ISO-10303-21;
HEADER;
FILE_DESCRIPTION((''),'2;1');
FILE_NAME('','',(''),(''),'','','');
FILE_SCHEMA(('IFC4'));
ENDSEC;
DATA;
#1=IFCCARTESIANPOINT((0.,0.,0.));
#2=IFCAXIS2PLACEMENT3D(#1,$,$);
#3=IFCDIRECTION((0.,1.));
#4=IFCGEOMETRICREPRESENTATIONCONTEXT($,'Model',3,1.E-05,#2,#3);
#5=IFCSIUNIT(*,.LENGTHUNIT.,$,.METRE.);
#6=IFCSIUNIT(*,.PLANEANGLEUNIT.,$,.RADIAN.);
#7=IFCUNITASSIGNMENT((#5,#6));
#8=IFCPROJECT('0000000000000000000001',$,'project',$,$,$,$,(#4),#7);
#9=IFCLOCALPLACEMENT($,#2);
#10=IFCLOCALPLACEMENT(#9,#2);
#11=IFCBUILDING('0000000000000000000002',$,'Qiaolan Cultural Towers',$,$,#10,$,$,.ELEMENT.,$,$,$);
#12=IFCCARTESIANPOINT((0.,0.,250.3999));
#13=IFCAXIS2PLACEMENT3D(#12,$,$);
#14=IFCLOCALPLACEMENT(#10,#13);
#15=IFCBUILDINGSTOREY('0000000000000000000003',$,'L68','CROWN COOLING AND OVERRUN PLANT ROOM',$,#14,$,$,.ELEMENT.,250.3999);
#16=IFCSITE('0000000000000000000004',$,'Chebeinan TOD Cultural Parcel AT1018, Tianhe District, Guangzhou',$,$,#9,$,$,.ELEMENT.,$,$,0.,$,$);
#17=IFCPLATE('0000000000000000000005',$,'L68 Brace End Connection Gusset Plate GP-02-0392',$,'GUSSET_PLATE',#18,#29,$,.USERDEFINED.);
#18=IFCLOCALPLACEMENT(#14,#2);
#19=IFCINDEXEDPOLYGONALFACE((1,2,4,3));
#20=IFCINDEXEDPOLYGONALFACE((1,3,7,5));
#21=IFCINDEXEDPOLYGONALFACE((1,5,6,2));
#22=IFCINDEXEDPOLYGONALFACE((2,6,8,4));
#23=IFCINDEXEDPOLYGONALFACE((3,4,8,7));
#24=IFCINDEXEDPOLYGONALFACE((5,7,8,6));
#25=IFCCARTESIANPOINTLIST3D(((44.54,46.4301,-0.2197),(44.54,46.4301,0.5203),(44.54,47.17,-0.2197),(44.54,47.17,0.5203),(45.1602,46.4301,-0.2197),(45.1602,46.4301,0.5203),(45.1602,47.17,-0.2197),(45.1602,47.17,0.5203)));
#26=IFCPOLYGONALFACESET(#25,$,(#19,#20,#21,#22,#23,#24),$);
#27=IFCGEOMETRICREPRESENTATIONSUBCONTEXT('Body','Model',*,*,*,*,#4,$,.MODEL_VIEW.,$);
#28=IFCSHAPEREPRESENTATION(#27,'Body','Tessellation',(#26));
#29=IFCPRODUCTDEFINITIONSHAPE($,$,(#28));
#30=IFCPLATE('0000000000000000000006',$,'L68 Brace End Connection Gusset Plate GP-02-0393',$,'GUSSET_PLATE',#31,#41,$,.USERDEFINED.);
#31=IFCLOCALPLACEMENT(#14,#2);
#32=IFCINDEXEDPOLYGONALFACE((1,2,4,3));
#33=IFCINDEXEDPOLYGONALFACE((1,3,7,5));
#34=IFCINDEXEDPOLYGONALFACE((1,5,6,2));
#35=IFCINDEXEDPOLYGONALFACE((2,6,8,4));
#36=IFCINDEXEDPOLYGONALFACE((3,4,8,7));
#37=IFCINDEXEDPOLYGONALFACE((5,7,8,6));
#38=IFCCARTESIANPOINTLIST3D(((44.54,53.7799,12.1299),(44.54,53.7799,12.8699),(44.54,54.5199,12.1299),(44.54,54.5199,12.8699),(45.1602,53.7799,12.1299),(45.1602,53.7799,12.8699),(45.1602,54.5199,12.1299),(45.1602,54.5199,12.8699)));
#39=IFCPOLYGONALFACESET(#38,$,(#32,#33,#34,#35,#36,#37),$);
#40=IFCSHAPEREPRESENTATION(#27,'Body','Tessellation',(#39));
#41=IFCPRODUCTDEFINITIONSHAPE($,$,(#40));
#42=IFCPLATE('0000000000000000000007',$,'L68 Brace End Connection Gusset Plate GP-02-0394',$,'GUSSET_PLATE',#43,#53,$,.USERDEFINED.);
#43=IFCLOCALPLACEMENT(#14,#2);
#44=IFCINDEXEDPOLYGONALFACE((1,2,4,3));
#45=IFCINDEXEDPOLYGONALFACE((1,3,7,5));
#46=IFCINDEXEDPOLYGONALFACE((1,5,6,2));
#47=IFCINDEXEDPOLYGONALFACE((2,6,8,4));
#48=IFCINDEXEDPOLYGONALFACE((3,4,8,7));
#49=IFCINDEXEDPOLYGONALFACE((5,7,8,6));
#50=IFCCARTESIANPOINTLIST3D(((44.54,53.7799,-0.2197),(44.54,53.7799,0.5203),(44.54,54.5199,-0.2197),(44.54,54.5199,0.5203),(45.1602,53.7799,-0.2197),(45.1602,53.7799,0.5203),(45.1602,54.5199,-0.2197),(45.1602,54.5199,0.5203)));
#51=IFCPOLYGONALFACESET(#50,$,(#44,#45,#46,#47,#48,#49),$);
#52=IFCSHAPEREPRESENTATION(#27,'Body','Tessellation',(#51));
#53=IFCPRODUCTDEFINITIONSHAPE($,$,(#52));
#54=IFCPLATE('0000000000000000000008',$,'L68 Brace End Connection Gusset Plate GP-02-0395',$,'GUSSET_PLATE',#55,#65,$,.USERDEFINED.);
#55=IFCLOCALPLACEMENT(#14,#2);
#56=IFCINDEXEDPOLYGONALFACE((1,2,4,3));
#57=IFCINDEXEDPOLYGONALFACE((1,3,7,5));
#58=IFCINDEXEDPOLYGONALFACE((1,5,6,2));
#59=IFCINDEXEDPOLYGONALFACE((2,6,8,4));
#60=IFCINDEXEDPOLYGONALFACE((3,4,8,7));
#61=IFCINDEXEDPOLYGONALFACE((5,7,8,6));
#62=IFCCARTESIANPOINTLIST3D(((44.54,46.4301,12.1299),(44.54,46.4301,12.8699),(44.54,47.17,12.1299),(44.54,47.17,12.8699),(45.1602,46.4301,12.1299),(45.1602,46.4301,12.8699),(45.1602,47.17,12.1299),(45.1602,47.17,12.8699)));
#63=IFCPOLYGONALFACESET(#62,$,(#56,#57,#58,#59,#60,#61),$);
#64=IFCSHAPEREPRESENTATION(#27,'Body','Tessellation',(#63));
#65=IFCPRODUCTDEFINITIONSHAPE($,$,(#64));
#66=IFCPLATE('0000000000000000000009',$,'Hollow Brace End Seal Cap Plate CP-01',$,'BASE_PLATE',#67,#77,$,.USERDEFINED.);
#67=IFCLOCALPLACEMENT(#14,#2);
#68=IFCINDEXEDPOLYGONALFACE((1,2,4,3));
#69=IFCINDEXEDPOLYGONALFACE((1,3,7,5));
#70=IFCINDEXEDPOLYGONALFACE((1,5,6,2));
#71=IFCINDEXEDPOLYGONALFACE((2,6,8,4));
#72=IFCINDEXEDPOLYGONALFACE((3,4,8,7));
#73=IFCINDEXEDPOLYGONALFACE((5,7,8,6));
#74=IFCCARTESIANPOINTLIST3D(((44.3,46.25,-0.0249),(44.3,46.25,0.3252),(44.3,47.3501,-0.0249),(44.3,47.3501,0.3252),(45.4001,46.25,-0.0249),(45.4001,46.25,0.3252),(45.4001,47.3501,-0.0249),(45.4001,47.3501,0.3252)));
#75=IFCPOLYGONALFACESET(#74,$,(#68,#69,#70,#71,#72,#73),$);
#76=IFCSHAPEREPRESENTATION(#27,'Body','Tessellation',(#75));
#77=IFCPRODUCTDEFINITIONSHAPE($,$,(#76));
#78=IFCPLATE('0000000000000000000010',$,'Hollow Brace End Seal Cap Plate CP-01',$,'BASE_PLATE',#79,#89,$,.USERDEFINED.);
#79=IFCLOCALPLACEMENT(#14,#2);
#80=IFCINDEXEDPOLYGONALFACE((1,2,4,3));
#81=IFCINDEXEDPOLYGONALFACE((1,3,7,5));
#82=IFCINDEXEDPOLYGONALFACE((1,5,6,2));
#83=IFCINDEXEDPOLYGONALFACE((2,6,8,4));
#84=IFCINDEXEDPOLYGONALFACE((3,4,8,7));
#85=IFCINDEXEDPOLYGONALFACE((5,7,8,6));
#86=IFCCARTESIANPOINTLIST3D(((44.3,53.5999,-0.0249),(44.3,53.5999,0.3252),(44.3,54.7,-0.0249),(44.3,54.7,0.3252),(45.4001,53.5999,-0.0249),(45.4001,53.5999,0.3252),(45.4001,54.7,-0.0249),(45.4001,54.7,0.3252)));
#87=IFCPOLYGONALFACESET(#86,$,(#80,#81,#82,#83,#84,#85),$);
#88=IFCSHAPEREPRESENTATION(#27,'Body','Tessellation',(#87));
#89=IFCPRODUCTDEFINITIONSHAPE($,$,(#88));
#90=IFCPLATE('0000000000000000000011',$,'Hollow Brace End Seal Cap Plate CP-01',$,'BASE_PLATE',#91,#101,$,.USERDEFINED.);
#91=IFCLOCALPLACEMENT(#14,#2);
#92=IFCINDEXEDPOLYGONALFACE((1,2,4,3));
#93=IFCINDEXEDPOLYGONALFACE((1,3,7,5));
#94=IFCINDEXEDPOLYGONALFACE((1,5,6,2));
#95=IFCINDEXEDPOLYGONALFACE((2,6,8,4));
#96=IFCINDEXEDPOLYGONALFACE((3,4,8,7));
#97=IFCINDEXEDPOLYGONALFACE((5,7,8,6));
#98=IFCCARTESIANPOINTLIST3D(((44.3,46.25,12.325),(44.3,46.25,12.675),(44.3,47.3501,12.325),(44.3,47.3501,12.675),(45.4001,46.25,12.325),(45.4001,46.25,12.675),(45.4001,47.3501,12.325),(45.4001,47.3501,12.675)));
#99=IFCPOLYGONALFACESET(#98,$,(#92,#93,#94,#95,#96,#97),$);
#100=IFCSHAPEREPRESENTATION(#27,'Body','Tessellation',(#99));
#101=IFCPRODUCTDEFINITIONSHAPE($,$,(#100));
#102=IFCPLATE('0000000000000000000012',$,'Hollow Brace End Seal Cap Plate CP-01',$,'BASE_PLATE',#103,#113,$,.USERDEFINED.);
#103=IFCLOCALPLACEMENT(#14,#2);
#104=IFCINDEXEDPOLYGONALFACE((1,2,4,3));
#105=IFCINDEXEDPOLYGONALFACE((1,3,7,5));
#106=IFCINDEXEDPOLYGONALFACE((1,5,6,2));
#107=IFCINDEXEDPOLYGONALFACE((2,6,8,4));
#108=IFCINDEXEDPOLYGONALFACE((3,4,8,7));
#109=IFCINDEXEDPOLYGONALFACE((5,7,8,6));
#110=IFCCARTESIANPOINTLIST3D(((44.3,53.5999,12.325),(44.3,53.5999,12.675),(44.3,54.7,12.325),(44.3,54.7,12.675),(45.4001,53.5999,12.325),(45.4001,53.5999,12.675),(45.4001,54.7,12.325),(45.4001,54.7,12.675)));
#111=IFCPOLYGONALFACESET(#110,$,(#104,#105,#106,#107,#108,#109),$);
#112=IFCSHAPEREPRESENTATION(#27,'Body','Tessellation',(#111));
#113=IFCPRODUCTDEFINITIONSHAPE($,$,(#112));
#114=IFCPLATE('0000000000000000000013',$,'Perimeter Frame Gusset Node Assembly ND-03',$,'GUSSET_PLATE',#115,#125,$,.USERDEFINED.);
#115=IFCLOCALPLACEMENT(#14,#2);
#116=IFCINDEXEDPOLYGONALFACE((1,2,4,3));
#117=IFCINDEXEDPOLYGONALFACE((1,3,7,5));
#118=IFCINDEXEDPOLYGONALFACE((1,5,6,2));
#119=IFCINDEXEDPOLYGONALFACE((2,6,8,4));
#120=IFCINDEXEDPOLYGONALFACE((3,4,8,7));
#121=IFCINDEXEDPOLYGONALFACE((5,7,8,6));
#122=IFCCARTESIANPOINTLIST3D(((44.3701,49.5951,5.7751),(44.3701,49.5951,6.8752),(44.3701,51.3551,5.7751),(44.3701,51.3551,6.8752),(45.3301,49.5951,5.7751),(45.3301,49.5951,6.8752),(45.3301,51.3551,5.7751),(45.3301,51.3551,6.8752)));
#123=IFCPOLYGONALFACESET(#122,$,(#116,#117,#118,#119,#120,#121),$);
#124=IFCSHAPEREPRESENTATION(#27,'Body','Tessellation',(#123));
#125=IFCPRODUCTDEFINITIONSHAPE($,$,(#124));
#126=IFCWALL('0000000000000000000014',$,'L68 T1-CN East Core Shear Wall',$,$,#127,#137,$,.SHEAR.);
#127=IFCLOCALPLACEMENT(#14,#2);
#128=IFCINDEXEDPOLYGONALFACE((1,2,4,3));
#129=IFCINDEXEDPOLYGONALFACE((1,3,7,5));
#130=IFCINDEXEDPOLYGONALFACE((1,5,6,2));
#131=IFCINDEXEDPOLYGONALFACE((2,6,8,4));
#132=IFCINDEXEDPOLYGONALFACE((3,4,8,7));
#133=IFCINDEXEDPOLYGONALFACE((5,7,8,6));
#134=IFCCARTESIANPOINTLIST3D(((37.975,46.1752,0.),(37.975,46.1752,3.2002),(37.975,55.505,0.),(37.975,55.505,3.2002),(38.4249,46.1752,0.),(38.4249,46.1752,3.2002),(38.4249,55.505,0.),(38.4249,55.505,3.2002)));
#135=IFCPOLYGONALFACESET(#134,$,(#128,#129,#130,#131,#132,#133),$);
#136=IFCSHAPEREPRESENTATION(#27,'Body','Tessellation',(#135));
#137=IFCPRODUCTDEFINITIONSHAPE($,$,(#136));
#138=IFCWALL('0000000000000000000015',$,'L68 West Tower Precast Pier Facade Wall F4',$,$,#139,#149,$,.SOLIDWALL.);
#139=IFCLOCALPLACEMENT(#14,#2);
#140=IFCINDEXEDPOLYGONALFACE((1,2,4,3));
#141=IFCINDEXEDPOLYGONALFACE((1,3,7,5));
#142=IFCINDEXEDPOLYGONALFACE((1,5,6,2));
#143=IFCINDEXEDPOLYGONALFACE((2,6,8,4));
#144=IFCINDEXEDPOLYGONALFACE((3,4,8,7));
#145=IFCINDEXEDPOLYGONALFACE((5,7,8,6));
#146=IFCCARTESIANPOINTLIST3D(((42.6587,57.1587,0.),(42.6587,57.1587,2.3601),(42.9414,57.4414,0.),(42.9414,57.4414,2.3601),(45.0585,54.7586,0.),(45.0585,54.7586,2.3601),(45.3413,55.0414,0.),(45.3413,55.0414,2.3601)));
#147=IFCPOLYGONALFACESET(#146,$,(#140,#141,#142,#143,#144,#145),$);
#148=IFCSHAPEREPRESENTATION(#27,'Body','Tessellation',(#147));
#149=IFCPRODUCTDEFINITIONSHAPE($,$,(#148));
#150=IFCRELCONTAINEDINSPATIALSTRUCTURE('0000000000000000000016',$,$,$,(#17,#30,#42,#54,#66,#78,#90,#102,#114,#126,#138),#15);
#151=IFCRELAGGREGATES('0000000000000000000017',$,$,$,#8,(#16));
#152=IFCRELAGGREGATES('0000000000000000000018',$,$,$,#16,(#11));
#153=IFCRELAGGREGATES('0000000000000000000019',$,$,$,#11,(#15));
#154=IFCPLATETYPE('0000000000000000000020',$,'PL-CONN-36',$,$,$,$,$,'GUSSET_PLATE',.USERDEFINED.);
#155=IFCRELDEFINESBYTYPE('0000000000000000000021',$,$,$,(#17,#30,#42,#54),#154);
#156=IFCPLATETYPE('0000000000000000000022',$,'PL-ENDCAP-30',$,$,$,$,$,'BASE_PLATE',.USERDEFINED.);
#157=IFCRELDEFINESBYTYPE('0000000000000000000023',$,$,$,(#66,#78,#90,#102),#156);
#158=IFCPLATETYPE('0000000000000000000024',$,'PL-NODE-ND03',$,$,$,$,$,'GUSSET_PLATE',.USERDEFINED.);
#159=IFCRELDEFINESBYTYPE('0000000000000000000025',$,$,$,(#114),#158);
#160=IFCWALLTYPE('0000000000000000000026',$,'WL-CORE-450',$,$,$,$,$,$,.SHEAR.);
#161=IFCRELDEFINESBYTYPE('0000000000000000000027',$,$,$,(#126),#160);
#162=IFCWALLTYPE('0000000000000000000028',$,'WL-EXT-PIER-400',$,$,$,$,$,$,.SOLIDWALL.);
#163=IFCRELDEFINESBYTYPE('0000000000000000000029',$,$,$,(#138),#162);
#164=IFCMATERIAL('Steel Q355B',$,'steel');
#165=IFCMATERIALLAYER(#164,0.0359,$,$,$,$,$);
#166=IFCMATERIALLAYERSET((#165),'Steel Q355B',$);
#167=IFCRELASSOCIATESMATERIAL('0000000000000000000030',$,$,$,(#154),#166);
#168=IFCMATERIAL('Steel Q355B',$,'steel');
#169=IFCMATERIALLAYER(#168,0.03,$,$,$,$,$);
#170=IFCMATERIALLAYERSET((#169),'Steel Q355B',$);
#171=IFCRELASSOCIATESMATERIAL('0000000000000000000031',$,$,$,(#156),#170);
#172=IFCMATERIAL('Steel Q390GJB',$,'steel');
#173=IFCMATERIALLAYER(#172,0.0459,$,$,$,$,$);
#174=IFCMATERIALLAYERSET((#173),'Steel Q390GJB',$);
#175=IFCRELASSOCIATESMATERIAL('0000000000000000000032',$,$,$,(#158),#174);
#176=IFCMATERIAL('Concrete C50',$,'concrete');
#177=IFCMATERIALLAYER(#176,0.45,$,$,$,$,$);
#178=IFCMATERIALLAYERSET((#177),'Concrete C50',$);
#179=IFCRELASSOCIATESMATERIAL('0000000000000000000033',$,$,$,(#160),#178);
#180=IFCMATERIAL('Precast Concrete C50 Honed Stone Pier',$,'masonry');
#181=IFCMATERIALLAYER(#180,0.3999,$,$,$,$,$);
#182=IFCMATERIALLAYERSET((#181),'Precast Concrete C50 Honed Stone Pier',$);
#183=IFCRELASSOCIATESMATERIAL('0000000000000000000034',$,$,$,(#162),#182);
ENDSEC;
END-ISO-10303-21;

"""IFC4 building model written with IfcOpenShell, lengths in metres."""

from ifc_helpers import new_model, si_unit, direction, frame, frame_2d, origin, origin_2d, place, context, subcontext, project, spatial, rectangle, extrude, material, layer, layer_set, type_object, element, save


model = new_model("IFC4")

# Units and contexts
model_context = context("Model", 3, precision=1e-05, world=origin(), true_north=direction((0.0, 1.0)))
body_context = subcontext(model_context, "Body", "Model", "MODEL_VIEW")
ifc_project = project(units=[si_unit("LENGTHUNIT", "METRE"), si_unit("PLANEANGLEUNIT", "RADIAN")], contexts=[model_context])

# Site, building, storey
site_placement = place(None, origin())
site = spatial("IfcSite", under=ifc_project, at=site_placement, Name="Chebeinan TOD Cultural Parcel AT1018, Tianhe District, Guangzhou", CompositionType="ELEMENT", RefElevation=0.0)
building_placement = place(site_placement, origin())
building = spatial("IfcBuilding", under=site, at=building_placement, Name="Qiaolan Cultural Towers", CompositionType="ELEMENT")
storey_placement = place(building_placement, frame((0.0, 0.0, 250.3999)))
storey = spatial("IfcBuildingStorey", under=building, at=storey_placement, Name="L68", Description="CROWN COOLING AND OVERRUN PLANT ROOM", CompositionType="ELEMENT", Elevation=250.3999)

# Plates
ifc_material_1 = material(Name="Steel Q355B", Category="steel")
ifc_layer_1 = layer(ifc_material_1, 0.0359)
ifc_layer_set_1 = layer_set([ifc_layer_1], Name="Steel Q355B")
plate_type_1 = type_object("IfcPlateType", Name="PL-CONN-36", ElementType="GUSSET_PLATE", PredefinedType="USERDEFINED", material=ifc_layer_set_1)
for number, where, z_axis, x_axis, name in (
    (1, (44.8501, 46.8, -0.2197), (0.0, 0.0, 1.0), (0.0, 1.0, 0.0), "L68 Brace End Connection Gusset Plate GP-02-0392"),
    (2, (44.8501, 54.1499, 12.1299), (0.0, 0.0, 1.0), (0.0, 1.0, 0.0), "L68 Brace End Connection Gusset Plate GP-02-0393"),
    (3, (44.8501, 54.1499, -0.2197), (0.0, 0.0, 1.0), (0.0, 1.0, 0.0), "L68 Brace End Connection Gusset Plate GP-02-0394"),
    (4, (44.8501, 46.8, 12.1299), (0.0, 0.0, 1.0), (0.0, 1.0, 0.0), "L68 Brace End Connection Gusset Plate GP-02-0395"),
):
    element("IfcPlate", number, at=place(storey_placement, frame(where, z_axis=z_axis, x_axis=x_axis)), inside=storey, type_object=plate_type_1, Name=name, ObjectType="GUSSET_PLATE", PredefinedType="USERDEFINED", context=body_context, shape_type="SweptSolid", body=[
        extrude(rectangle(XDim=0.74, YDim=0.6201, at=origin_2d()), origin(), (0.0, 0.0, 1.0), 0.74),
    ])
ifc_material_2 = material(Name="Steel Q355B", Category="steel")
ifc_layer_2 = layer(ifc_material_2, 0.03)
ifc_layer_set_2 = layer_set([ifc_layer_2], Name="Steel Q355B")
plate_type_2 = type_object("IfcPlateType", Name="PL-ENDCAP-30", ElementType="BASE_PLATE", PredefinedType="USERDEFINED", material=ifc_layer_set_2)
for number, where, z_axis, x_axis, name in (
    (5, (44.8501, 46.8, -0.0249), (0.0, 0.0, 1.0), (0.0, 1.0, 0.0), "Hollow Brace End Seal Cap Plate CP-01"),
    (6, (44.8501, 54.1499, -0.0249), (0.0, 0.0, 1.0), (0.0, 1.0, 0.0), "Hollow Brace End Seal Cap Plate CP-01"),
    (7, (44.8501, 46.8, 12.325), (0.0, 0.0, 1.0), (0.0, 1.0, 0.0), "Hollow Brace End Seal Cap Plate CP-01"),
    (8, (44.8501, 54.1499, 12.325), (0.0, 0.0, 1.0), (0.0, 1.0, 0.0), "Hollow Brace End Seal Cap Plate CP-01"),
):
    element("IfcPlate", number, at=place(storey_placement, frame(where, z_axis=z_axis, x_axis=x_axis)), inside=storey, type_object=plate_type_2, Name=name, ObjectType="BASE_PLATE", PredefinedType="USERDEFINED", context=body_context, shape_type="SweptSolid", body=[
        extrude(rectangle(XDim=1.1001, YDim=1.1001, at=origin_2d()), origin(), (0.0, 0.0, 1.0), 0.3501),
    ])
ifc_material_3 = material(Name="Steel Q390GJB", Category="steel")
ifc_layer_3 = layer(ifc_material_3, 0.0459)
ifc_layer_set_3 = layer_set([ifc_layer_3], Name="Steel Q390GJB")
plate_type_3 = type_object("IfcPlateType", Name="PL-NODE-ND03", ElementType="GUSSET_PLATE", PredefinedType="USERDEFINED", material=ifc_layer_set_3)
plate_placement = place(storey_placement, frame((44.8501, 50.4751, 5.7751), z_axis=(0.0, 0.0, 1.0), x_axis=(0.0, 1.0, 0.0)))
element("IfcPlate", 9, at=plate_placement, inside=storey, type_object=plate_type_3, Name="Perimeter Frame Gusset Node Assembly ND-03", ObjectType="GUSSET_PLATE", PredefinedType="USERDEFINED", context=body_context, shape_type="SweptSolid", body=[
    extrude(rectangle(XDim=1.76, YDim=0.96, at=origin_2d()), origin(), (0.0, 0.0, 1.0), 1.1001),
])

# Walls
ifc_material_4 = material(Name="Concrete C50", Category="concrete")
ifc_layer_4 = layer(ifc_material_4, 0.45)
ifc_layer_set_4 = layer_set([ifc_layer_4], Name="Concrete C50")
wall_type_1 = type_object("IfcWallType", Name="WL-CORE-450", PredefinedType="SHEAR", material=ifc_layer_set_4)
wall_1_placement = place(storey_placement, frame((38.2, 46.175, 0.0), z_axis=(0.0, 0.0, 1.0), x_axis=(0.0, 1.0, 0.0)))
element("IfcWall", 10, at=wall_1_placement, inside=storey, type_object=wall_type_1, Name="L68 T1-CN East Core Shear Wall", PredefinedType="SHEAR", context=body_context, shape_type="SweptSolid", body=[
    extrude(rectangle(XDim=9.3298, YDim=0.45, at=frame_2d((4.665, 0.0))), origin(), (0.0, 0.0, 1.0), 3.2002),
])
ifc_material_5 = material(Name="Precast Concrete C50 Honed Stone Pier", Category="masonry")
ifc_layer_5 = layer(ifc_material_5, 0.3999)
ifc_layer_set_5 = layer_set([ifc_layer_5], Name="Precast Concrete C50 Honed Stone Pier")
wall_type_2 = type_object("IfcWallType", Name="WL-EXT-PIER-400", PredefinedType="SOLIDWALL", material=ifc_layer_set_5)
wall_2_placement = place(storey_placement, frame((42.8, 57.3, 0.0), z_axis=(0.0, 0.0, 1.0), x_axis=(0.707071, -0.707143, 0.0)))
element("IfcWall", 11, at=wall_2_placement, inside=storey, type_object=wall_type_2, Name="L68 West Tower Precast Pier Facade Wall F4", PredefinedType="SOLIDWALL", context=body_context, shape_type="SweptSolid", body=[
    extrude(rectangle(XDim=3.394, YDim=0.3999, at=frame_2d((1.697, 0.0))), origin(), (0.0, 0.0, 1.0), 2.3601),
])

save(model, "model.ifc")
